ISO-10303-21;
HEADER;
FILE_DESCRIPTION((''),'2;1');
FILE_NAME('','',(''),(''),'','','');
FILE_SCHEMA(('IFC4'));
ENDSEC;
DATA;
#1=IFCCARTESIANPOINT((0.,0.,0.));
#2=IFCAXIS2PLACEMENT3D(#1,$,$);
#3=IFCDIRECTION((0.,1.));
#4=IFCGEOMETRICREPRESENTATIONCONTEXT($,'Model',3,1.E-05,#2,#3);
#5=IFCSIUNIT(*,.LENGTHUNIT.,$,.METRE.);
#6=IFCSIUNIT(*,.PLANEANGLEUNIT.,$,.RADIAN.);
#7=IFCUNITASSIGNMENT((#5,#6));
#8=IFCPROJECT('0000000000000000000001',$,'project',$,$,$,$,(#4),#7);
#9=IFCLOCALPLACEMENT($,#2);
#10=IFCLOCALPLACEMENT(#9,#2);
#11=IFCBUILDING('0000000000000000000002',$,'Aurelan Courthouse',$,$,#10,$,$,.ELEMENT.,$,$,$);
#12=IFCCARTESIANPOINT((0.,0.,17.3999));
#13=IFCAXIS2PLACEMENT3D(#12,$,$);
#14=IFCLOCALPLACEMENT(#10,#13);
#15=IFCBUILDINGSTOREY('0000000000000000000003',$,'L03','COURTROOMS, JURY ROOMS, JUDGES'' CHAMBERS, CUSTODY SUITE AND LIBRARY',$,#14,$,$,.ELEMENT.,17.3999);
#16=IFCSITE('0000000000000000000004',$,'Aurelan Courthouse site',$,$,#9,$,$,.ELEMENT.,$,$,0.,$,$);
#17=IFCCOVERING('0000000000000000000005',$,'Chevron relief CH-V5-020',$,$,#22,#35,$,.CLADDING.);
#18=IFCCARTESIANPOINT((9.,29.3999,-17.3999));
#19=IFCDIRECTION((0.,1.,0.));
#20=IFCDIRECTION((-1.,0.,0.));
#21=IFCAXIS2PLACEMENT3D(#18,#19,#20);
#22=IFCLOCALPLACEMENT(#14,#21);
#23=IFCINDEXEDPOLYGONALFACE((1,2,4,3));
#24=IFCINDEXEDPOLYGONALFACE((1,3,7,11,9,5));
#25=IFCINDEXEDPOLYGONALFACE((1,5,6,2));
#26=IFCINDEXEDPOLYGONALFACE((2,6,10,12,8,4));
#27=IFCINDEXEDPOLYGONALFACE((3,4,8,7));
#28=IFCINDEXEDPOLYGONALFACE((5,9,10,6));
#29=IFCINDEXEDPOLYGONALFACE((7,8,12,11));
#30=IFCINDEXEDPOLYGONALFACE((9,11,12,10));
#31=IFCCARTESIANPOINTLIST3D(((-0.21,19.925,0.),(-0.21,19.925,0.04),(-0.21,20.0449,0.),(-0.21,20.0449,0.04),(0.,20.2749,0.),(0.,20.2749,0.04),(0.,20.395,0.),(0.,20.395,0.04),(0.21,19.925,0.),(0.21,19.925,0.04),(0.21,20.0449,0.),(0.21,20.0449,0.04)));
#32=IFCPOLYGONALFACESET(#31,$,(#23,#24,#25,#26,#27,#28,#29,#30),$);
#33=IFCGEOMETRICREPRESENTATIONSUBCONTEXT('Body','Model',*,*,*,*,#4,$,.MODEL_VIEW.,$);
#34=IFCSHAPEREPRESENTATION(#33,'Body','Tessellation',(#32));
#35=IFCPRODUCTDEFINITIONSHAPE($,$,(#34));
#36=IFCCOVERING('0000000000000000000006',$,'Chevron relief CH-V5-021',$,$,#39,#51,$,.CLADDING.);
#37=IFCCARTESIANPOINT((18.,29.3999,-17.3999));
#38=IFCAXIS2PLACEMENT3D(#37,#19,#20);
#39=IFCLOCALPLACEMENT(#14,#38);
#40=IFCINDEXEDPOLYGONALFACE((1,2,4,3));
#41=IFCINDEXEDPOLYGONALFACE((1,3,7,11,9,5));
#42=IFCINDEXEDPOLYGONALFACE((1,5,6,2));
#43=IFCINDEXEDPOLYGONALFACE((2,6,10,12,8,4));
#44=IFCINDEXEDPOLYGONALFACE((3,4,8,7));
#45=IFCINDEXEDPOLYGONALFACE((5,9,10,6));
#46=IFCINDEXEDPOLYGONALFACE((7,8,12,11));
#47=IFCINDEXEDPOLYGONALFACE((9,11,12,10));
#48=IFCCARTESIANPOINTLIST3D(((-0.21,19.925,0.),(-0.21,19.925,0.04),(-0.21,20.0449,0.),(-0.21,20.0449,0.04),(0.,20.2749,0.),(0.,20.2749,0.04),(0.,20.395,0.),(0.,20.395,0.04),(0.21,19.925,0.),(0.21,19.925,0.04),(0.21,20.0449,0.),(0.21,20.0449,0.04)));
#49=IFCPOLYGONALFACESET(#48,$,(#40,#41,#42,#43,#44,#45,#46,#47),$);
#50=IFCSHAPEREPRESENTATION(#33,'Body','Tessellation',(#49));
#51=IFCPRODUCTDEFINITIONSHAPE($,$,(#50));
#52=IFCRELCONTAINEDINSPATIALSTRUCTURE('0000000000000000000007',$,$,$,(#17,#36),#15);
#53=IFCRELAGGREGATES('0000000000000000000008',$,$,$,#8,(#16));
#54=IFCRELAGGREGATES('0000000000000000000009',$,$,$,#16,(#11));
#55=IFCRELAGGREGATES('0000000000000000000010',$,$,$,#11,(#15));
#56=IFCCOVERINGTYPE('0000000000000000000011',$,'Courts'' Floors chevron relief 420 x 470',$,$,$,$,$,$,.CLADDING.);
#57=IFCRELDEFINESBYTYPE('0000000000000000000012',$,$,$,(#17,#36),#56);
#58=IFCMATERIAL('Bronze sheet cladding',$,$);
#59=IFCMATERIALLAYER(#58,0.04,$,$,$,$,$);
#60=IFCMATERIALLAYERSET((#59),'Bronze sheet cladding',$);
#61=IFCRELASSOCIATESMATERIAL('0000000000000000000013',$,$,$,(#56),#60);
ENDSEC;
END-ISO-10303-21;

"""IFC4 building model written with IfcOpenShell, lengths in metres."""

from ifc_helpers import new_model, si_unit, direction, frame, origin, place, context, subcontext, project, spatial, polyline, outline, extrude, material, layer, layer_set, type_object, element, save


model = new_model("IFC4")

# Units and contexts
model_context = context("Model", 3, precision=1e-05, world=origin(), true_north=direction((0.0, 1.0)))
body_context = subcontext(model_context, "Body", "Model", "MODEL_VIEW")
ifc_project = project(units=[si_unit("LENGTHUNIT", "METRE"), si_unit("PLANEANGLEUNIT", "RADIAN")], contexts=[model_context])

# Site, building, storey
site_placement = place(None, origin())
site = spatial("IfcSite", under=ifc_project, at=site_placement, Name="Aurelan Courthouse site", CompositionType="ELEMENT", RefElevation=0.0)
building_placement = place(site_placement, origin())
building = spatial("IfcBuilding", under=site, at=building_placement, Name="Aurelan Courthouse", CompositionType="ELEMENT")
storey_placement = place(building_placement, frame((0.0, 0.0, 17.3999)))
storey = spatial("IfcBuildingStorey", under=building, at=storey_placement, Name="L03", Description="COURTROOMS, JURY ROOMS, JUDGES' CHAMBERS, CUSTODY SUITE AND LIBRARY", CompositionType="ELEMENT", Elevation=17.3999)

# Coverings
ifc_material_1 = material(Name="Bronze sheet cladding")
ifc_layer_1 = layer(ifc_material_1, 0.04)
ifc_layer_set_1 = layer_set([ifc_layer_1], Name="Bronze sheet cladding")
covering_type_1 = type_object("IfcCoveringType", Name="Courts' Floors chevron relief 420 x 470", PredefinedType="CLADDING", material=ifc_layer_set_1)
for number, where, z_axis, x_axis, name in (
    (1, (9.0, 29.3999, -17.3999), (0.0, 1.0, 0.0), (-1.0, 0.0, 0.0), "Chevron relief CH-V5-020"),
    (2, (18.0, 29.3999, -17.3999), (0.0, 1.0, 0.0), (-1.0, 0.0, 0.0), "Chevron relief CH-V5-021"),
):
    element("IfcCovering", number, at=place(storey_placement, frame(where, z_axis=z_axis, x_axis=x_axis)), inside=storey, type_object=covering_type_1, Name=name, PredefinedType="CLADDING", context=body_context, shape_type="SweptSolid", body=[
        extrude(outline(polyline([(-0.21, 19.925), (0.0, 20.2749), (0.21, 19.925), (0.21, 20.0449), (0.0, 20.395), (-0.21, 20.0449), (-0.21, 19.925)])), origin(), (0.0, 0.0, 1.0), 0.04),
    ])

save(model, "model.ifc")
